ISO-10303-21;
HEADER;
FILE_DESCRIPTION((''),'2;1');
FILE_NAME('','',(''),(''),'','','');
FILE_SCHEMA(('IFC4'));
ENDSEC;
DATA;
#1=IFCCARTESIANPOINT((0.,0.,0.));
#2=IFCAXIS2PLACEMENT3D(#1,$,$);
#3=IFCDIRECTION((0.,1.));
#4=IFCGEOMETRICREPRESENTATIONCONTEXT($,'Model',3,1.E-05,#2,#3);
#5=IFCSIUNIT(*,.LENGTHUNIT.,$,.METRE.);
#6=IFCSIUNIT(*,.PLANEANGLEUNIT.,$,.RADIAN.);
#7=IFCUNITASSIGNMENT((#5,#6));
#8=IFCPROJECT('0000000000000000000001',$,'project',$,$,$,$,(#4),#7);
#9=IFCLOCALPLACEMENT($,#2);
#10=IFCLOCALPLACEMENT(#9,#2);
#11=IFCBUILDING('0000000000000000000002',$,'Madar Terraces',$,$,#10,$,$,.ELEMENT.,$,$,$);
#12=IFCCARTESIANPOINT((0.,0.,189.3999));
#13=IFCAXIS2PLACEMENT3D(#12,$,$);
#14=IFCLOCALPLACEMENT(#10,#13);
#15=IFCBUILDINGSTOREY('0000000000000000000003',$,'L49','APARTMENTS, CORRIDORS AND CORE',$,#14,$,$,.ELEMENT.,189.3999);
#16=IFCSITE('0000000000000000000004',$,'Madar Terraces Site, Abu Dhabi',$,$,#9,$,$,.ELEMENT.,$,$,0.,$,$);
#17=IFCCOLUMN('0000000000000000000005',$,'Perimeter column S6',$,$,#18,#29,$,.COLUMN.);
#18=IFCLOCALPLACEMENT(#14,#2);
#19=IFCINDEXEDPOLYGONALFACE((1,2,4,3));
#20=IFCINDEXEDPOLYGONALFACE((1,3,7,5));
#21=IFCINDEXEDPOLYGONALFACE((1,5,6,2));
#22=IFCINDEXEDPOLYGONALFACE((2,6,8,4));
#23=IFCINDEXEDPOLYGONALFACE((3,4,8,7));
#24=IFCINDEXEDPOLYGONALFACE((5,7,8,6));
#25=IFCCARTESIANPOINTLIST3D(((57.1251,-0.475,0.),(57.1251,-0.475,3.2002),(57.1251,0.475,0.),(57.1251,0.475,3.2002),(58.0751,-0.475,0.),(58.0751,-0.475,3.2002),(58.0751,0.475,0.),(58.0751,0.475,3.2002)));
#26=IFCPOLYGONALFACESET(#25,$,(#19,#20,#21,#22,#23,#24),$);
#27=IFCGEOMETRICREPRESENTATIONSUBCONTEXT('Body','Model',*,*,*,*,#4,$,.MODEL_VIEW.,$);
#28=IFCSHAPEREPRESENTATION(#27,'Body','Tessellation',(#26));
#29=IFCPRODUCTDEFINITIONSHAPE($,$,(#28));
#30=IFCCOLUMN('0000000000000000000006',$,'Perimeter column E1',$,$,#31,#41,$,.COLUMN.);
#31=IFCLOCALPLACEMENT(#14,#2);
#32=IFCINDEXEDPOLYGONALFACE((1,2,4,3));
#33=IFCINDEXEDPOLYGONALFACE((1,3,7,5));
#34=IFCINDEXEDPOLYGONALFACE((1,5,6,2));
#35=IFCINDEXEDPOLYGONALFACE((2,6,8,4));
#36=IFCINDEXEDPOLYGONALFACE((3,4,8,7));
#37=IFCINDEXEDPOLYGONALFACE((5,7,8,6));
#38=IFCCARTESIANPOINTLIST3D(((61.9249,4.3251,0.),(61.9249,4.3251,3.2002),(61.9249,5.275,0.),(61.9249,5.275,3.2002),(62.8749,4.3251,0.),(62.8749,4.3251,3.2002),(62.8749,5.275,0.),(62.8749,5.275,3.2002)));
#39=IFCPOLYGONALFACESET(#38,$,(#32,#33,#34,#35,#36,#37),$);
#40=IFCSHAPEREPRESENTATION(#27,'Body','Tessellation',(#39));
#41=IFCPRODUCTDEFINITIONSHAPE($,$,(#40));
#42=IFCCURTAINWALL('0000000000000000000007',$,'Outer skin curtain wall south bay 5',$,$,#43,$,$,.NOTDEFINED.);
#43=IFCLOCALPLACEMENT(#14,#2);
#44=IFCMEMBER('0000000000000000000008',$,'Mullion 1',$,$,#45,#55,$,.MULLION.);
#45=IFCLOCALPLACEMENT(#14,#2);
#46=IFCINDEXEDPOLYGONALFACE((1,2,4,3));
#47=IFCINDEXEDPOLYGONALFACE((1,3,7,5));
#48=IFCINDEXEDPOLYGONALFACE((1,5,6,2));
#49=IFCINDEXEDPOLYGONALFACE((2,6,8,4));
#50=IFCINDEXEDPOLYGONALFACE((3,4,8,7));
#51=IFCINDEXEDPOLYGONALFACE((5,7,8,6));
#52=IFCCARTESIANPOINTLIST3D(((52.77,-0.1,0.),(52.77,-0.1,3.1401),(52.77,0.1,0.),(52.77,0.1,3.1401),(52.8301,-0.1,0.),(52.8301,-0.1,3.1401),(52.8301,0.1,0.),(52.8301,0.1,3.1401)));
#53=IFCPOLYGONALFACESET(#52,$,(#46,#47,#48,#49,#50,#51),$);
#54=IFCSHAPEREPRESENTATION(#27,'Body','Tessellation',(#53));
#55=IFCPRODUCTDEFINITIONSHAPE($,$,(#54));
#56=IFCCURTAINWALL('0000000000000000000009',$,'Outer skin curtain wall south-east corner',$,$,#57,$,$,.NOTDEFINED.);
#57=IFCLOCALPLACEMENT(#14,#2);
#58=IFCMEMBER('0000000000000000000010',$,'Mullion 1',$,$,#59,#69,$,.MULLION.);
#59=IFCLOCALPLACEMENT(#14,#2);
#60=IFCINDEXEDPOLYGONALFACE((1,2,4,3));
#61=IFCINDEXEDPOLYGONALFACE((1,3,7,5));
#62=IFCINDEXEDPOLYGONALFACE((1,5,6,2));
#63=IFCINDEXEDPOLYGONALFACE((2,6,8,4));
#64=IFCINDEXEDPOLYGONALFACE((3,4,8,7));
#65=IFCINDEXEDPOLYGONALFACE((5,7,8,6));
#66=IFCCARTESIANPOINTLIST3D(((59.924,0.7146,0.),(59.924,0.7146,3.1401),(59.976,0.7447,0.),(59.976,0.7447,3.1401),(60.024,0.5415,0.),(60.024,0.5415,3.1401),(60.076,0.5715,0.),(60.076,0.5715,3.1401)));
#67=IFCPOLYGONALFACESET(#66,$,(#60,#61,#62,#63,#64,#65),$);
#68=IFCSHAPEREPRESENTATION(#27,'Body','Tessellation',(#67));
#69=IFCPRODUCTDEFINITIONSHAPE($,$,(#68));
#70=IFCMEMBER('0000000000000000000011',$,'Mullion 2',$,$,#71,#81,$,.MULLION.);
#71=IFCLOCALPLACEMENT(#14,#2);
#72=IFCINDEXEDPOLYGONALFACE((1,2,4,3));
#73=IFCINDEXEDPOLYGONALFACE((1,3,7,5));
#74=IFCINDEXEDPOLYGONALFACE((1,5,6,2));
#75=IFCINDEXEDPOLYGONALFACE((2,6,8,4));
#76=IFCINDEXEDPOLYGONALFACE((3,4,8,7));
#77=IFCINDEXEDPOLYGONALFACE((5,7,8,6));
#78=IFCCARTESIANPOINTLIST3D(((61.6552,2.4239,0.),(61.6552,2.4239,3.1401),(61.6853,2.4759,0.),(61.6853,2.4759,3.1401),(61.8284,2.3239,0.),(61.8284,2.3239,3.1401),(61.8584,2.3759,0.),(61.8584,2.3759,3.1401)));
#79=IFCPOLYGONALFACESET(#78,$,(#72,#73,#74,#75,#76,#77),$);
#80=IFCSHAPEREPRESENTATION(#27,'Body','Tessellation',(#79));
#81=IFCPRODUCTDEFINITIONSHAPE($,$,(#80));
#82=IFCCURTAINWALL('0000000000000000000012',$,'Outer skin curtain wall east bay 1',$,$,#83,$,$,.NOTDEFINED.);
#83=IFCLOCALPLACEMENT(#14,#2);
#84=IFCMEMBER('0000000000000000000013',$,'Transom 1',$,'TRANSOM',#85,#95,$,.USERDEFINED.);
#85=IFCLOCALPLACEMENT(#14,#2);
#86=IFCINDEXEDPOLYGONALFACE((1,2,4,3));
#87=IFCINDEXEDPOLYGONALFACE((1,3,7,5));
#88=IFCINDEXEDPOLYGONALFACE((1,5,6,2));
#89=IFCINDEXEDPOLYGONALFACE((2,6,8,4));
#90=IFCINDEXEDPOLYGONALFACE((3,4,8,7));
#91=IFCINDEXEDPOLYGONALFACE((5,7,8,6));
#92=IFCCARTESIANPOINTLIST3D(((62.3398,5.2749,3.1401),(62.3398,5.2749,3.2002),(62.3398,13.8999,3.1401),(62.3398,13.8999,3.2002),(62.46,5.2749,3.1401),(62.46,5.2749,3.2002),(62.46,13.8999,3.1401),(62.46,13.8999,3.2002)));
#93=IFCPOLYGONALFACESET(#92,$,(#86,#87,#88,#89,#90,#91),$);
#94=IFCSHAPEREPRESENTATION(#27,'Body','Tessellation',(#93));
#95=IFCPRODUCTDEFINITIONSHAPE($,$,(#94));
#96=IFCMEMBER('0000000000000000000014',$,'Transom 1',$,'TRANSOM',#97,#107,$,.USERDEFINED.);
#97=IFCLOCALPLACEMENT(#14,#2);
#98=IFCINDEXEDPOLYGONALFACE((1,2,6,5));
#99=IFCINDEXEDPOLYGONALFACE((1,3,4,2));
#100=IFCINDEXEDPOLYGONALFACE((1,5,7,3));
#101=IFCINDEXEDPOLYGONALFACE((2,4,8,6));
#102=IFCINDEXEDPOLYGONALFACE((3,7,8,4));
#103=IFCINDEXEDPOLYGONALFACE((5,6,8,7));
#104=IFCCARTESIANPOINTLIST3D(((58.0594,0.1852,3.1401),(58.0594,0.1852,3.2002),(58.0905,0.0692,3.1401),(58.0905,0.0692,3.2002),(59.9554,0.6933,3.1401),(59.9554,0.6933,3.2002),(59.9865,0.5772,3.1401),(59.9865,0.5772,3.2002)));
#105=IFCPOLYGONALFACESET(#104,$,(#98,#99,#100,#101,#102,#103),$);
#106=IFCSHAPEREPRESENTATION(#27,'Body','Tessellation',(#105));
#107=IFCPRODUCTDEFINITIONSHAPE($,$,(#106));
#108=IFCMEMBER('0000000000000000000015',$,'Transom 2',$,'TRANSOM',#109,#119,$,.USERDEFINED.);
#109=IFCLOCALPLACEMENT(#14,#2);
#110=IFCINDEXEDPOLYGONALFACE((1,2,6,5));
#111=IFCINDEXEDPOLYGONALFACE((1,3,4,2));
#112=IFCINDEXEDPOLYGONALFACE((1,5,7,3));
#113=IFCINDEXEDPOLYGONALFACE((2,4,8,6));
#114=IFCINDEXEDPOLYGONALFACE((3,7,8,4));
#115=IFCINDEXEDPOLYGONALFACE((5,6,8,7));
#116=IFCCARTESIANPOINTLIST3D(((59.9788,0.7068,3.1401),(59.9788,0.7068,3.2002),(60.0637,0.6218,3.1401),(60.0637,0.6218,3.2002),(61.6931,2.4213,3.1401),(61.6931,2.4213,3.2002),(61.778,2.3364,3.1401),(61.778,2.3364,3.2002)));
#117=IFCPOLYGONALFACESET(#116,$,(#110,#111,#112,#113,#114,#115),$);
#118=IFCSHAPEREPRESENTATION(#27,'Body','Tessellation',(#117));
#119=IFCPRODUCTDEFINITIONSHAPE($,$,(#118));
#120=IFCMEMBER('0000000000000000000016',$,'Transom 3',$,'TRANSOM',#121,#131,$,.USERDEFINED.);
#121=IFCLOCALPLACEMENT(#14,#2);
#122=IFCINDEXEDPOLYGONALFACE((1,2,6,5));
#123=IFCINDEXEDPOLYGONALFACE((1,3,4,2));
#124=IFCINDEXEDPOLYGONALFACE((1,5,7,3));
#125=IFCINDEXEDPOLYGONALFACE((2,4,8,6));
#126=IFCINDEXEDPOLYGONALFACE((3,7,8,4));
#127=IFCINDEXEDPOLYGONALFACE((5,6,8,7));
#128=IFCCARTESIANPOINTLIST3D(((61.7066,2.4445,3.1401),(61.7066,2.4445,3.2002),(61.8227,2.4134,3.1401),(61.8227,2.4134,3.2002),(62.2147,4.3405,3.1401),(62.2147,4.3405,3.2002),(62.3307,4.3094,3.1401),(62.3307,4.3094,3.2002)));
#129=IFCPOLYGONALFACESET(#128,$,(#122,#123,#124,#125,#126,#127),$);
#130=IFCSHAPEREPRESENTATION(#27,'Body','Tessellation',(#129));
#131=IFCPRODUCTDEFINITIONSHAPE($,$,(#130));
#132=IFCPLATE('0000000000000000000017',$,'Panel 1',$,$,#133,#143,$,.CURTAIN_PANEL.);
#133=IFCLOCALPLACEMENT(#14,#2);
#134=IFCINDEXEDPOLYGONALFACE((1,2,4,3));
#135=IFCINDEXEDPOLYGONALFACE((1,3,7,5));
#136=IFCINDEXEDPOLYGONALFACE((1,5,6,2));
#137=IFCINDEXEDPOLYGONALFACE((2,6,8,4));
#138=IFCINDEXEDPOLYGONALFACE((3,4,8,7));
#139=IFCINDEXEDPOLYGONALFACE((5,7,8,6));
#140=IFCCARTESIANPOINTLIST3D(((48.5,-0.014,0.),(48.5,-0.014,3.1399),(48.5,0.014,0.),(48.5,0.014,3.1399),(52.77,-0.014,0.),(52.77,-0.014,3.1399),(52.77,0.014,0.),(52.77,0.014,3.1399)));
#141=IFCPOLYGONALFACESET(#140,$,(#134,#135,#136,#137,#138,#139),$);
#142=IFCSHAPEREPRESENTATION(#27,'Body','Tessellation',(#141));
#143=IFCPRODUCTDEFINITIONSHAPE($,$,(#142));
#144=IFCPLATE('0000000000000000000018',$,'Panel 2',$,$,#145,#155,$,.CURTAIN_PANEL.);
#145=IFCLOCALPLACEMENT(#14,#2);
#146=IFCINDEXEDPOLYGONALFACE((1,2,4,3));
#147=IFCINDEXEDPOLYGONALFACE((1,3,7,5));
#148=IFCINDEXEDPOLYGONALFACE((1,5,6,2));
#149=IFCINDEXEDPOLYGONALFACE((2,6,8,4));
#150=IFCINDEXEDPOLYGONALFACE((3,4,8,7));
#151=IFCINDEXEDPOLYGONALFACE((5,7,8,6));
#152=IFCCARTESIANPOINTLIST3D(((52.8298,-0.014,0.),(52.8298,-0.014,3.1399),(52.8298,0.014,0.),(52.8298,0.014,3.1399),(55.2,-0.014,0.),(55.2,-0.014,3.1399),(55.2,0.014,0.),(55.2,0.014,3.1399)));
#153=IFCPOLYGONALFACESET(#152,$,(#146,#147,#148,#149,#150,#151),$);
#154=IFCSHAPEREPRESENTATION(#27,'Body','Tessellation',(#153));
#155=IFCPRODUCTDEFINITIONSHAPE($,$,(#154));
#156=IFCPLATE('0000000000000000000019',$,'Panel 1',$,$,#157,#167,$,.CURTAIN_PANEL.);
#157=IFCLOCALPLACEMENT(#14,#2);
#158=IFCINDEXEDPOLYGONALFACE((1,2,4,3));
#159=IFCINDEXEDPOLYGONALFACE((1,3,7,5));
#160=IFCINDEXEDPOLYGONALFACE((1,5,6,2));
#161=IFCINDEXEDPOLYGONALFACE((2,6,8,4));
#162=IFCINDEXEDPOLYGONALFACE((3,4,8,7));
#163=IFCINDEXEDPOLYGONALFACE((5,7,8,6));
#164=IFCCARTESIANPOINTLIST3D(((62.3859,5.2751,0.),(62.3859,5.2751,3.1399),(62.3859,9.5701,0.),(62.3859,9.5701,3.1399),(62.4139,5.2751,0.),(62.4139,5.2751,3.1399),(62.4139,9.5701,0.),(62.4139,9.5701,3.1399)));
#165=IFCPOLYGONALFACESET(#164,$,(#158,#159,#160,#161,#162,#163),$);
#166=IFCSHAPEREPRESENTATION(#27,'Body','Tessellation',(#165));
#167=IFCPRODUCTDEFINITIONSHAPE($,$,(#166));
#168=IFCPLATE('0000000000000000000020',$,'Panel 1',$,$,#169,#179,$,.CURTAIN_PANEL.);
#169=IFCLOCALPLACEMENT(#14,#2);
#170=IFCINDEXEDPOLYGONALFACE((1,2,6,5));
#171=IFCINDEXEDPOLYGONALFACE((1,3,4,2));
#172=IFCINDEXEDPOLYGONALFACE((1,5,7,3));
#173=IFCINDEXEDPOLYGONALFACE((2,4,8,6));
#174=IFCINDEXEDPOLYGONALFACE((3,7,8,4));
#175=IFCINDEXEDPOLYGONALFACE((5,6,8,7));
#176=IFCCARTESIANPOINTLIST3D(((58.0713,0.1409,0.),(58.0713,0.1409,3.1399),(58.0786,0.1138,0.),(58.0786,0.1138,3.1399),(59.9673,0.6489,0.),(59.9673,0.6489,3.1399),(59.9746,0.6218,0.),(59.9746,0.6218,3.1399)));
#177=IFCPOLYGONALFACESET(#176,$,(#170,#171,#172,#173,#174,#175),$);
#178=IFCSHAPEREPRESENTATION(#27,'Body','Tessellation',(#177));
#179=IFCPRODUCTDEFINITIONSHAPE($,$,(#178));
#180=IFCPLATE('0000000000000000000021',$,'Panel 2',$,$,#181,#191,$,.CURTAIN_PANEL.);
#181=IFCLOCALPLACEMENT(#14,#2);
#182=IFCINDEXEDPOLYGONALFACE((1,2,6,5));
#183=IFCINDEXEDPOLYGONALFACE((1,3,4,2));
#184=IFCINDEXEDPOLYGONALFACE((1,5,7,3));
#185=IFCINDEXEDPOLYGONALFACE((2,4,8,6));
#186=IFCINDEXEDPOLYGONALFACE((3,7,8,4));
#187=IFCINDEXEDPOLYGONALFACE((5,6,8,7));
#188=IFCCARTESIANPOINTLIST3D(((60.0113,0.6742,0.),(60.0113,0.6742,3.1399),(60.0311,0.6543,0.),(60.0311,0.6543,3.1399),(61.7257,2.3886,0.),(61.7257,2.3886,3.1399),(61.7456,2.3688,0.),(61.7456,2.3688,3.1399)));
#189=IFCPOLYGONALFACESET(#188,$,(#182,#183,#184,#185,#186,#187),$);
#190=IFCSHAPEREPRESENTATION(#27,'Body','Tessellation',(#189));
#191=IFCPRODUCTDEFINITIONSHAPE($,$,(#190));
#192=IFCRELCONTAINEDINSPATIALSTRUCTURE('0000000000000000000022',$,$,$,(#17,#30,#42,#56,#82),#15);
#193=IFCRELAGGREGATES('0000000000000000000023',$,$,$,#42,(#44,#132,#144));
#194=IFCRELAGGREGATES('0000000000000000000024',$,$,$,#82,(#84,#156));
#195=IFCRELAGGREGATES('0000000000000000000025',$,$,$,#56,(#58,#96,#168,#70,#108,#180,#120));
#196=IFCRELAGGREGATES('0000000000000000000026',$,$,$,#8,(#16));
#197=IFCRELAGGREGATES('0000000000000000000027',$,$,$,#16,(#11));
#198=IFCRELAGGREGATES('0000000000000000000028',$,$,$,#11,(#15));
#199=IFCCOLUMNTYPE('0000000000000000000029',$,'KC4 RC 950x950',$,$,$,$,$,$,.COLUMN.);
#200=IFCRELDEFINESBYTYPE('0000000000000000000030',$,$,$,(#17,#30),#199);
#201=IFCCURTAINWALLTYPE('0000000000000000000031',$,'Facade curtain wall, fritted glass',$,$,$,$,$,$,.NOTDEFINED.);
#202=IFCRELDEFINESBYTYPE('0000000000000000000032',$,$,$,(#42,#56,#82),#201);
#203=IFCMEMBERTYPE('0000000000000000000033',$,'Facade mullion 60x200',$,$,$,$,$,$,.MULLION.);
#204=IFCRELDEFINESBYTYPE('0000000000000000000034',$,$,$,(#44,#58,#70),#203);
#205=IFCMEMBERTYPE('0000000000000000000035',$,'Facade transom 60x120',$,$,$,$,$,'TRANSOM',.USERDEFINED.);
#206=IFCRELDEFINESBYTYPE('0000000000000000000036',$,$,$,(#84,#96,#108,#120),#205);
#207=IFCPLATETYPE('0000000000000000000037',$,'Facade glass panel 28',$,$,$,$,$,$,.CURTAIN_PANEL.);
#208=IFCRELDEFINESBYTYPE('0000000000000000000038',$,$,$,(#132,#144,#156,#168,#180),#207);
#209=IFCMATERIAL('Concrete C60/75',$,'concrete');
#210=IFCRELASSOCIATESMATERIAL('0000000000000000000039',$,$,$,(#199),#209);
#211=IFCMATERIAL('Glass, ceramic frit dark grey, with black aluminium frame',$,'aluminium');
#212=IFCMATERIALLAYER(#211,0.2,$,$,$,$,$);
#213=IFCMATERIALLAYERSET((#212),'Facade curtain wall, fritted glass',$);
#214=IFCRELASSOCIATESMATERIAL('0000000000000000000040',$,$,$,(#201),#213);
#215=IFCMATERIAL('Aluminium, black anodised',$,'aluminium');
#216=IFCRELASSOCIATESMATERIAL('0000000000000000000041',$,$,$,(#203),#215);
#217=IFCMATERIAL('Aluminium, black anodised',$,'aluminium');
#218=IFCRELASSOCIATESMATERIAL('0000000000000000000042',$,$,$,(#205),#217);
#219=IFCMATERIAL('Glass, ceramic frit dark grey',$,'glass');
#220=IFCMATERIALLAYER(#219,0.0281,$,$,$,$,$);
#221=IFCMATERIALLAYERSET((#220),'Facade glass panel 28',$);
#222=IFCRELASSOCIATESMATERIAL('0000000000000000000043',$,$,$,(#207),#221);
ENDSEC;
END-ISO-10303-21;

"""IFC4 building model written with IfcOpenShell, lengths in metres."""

from ifc_helpers import new_model, si_unit, direction, frame, origin, origin_2d, place, context, subcontext, project, spatial, rectangle, extrude, material, layer, layer_set, material_profile, profile_set, type_object, element, aggregate, save


model = new_model("IFC4")

# Units and contexts
model_context = context("Model", 3, precision=1e-05, world=origin(), true_north=direction((0.0, 1.0)))
body_context = subcontext(model_context, "Body", "Model", "MODEL_VIEW")
ifc_project = project(units=[si_unit("LENGTHUNIT", "METRE"), si_unit("PLANEANGLEUNIT", "RADIAN")], contexts=[model_context])

# Site, building, storey
site_placement = place(None, origin())
site = spatial("IfcSite", under=ifc_project, at=site_placement, Name="Madar Terraces Site, Abu Dhabi", CompositionType="ELEMENT", RefElevation=0.0)
building_placement = place(site_placement, origin())
building = spatial("IfcBuilding", under=site, at=building_placement, Name="Madar Terraces", CompositionType="ELEMENT")
storey_placement = place(building_placement, frame((0.0, 0.0, 189.3999)))
storey = spatial("IfcBuildingStorey", under=building, at=storey_placement, Name="L49", Description="APARTMENTS, CORRIDORS AND CORE", CompositionType="ELEMENT", Elevation=189.3999)

# Columns
ifc_material_1 = material(Name="Concrete C60/75", Category="concrete")
ifc_material_profile_1 = material_profile(ifc_material_1, rectangle(XDim=0.95, YDim=0.95, at=origin_2d()), Name="KC4 RC 950x950")
ifc_profile_set_1 = profile_set([ifc_material_profile_1], Name="Concrete C60/75")
column_type = type_object("IfcColumnType", Name="KC4 RC 950x950", PredefinedType="COLUMN", material=ifc_profile_set_1)
for number, where, z_axis, x_axis, name in (
    (1, (57.6001, 0.0, 0.0), (0.0, 0.0, 1.0), (1.0, 0.0, 0.0), "Perimeter column S6"),
    (2, (62.3999, 4.8, 0.0), (0.0, 0.0, 1.0), (1.0, 0.0, 0.0), "Perimeter column E1"),
):
    element("IfcColumn", number, at=place(storey_placement, frame(where, z_axis=z_axis, x_axis=x_axis)), inside=storey, type_object=column_type, Name=name, PredefinedType="COLUMN", context=body_context, shape_type="SweptSolid", body=[
        extrude(rectangle(XDim=0.95, YDim=0.95, at=origin_2d()), origin(), (0.0, 0.0, 1.0), 3.2002),
    ])

# Curtain wall, member
ifc_material_2 = material(Name="Glass, ceramic frit dark grey, with black aluminium frame", Category="aluminium")
ifc_layer_1 = layer(ifc_material_2, 0.2)
ifc_layer_set_1 = layer_set([ifc_layer_1], Name="Facade curtain wall, fritted glass")
curtain_wall_type = type_object("IfcCurtainWallType", Name="Facade curtain wall, fritted glass", PredefinedType="NOTDEFINED", material=ifc_layer_set_1)
curtain_wall_1_placement = place(storey_placement, origin())
curtain_wall_1 = element("IfcCurtainWall", 3, at=curtain_wall_1_placement, inside=storey, type_object=curtain_wall_type, Name="Outer skin curtain wall south bay 5", PredefinedType="NOTDEFINED")
ifc_material_3 = material(Name="Aluminium, black anodised", Category="aluminium")
ifc_material_profile_2 = material_profile(ifc_material_3, rectangle(XDim=0.2, YDim=0.0601, at=origin_2d()), Name="Facade mullion 60x200")
ifc_profile_set_2 = profile_set([ifc_material_profile_2], Name="Aluminium, black anodised")
member_type_1 = type_object("IfcMemberType", Name="Facade mullion 60x200", PredefinedType="MULLION", material=ifc_profile_set_2)
member_1_placement = place(storey_placement, frame((52.8, 0.0, 0.0), z_axis=(0.0, 0.0, 1.0), x_axis=(0.0, 1.0, 0.0)))
member_1 = element("IfcMember", 4, at=member_1_placement, type_object=member_type_1, Name="Mullion 1", PredefinedType="MULLION", context=body_context, shape_type="SweptSolid", body=[
    extrude(rectangle(XDim=0.2, YDim=0.0601, at=origin_2d()), origin(), (0.0, 0.0, 1.0), 3.1401),
])

# Curtain wall, members
curtain_wall_2_placement = place(storey_placement, origin())
curtain_wall_2 = element("IfcCurtainWall", 5, at=curtain_wall_2_placement, inside=storey, type_object=curtain_wall_type, Name="Outer skin curtain wall south-east corner", PredefinedType="NOTDEFINED")
member_2_placement = place(storey_placement, frame((60.0, 0.6431, 0.0), z_axis=(0.0, 0.0, 1.0), x_axis=(-0.5, 0.866025, 0.0)))
member_2 = element("IfcMember", 6, at=member_2_placement, type_object=member_type_1, Name="Mullion 1", PredefinedType="MULLION", context=body_context, shape_type="SweptSolid", body=[
    extrude(rectangle(XDim=0.2, YDim=0.0601, at=origin_2d()), origin(), (0.0, 0.0, 1.0), 3.1401),
])
member_3_placement = place(storey_placement, frame((61.7568, 2.3999, 0.0), z_axis=(0.0, 0.0, 1.0), x_axis=(-0.866025, 0.5, 0.0)))
member_3 = element("IfcMember", 7, at=member_3_placement, type_object=member_type_1, Name="Mullion 2", PredefinedType="MULLION", context=body_context, shape_type="SweptSolid", body=[
    extrude(rectangle(XDim=0.2, YDim=0.0601, at=origin_2d()), origin(), (0.0, 0.0, 1.0), 3.1401),
])

# Curtain wall, member
curtain_wall_3_placement = place(storey_placement, origin())
curtain_wall_3 = element("IfcCurtainWall", 8, at=curtain_wall_3_placement, inside=storey, type_object=curtain_wall_type, Name="Outer skin curtain wall east bay 1", PredefinedType="NOTDEFINED")
ifc_material_4 = material(Name="Aluminium, black anodised", Category="aluminium")
ifc_material_profile_3 = material_profile(ifc_material_4, rectangle(XDim=0.1201, YDim=0.0601, at=origin_2d()), Name="Facade transom 60x120")
ifc_profile_set_3 = profile_set([ifc_material_profile_3], Name="Aluminium, black anodised")
member_type_2 = type_object("IfcMemberType", Name="Facade transom 60x120", ElementType="TRANSOM", PredefinedType="USERDEFINED", material=ifc_profile_set_3)
member_4_placement = place(storey_placement, frame((62.3999, 5.2749, 3.1702), z_axis=(0.0, 1.0, 0.0), x_axis=(-1.0, 0.0, 0.0)))
member_4 = element("IfcMember", 9, at=member_4_placement, type_object=member_type_2, Name="Transom 1", ObjectType="TRANSOM", PredefinedType="USERDEFINED", context=body_context, shape_type="SweptSolid", body=[
    extrude(rectangle(XDim=0.1201, YDim=0.0601, at=origin_2d()), origin(), (0.0, 0.0, 1.0), 8.625),
])

# Members
member_5_placement = place(storey_placement, frame((58.075, 0.1272, 3.1702), z_axis=(0.965923, 0.258831, 0.0), x_axis=(-0.258831, 0.965923, 0.0)))
member_5 = element("IfcMember", 10, at=member_5_placement, type_object=member_type_2, Name="Transom 1", ObjectType="TRANSOM", PredefinedType="USERDEFINED", context=body_context, shape_type="SweptSolid", body=[
    extrude(rectangle(XDim=0.1201, YDim=0.0601, at=origin_2d()), origin(), (0.0, 0.0, 1.0), 1.9629),
])
member_6_placement = place(storey_placement, frame((60.0212, 0.6643, 3.1702), z_axis=(0.707056, 0.707157, 0.0), x_axis=(-0.707157, 0.707056, 0.0)))
member_6 = element("IfcMember", 11, at=member_6_placement, type_object=member_type_2, Name="Transom 2", ObjectType="TRANSOM", PredefinedType="USERDEFINED", context=body_context, shape_type="SweptSolid", body=[
    extrude(rectangle(XDim=0.1201, YDim=0.0601, at=origin_2d()), origin(), (0.0, 0.0, 1.0), 2.4246),
])
member_7_placement = place(storey_placement, frame((61.7646, 2.429, 3.1702), z_axis=(0.258831, 0.965923, 0.0), x_axis=(-0.965923, 0.258831, 0.0)))
member_7 = element("IfcMember", 12, at=member_7_placement, type_object=member_type_2, Name="Transom 3", ObjectType="TRANSOM", PredefinedType="USERDEFINED", context=body_context, shape_type="SweptSolid", body=[
    extrude(rectangle(XDim=0.1201, YDim=0.0601, at=origin_2d()), origin(), (0.0, 0.0, 1.0), 1.9629),
])

# Plates
ifc_material_5 = material(Name="Glass, ceramic frit dark grey", Category="glass")
ifc_layer_2 = layer(ifc_material_5, 0.0281)
ifc_layer_set_2 = layer_set([ifc_layer_2], Name="Facade glass panel 28")
plate_type = type_object("IfcPlateType", Name="Facade glass panel 28", PredefinedType="CURTAIN_PANEL", material=ifc_layer_set_2)
plate_1_placement = place(storey_placement, frame((50.635, 0.0, 0.0), z_axis=(0.0, 0.0, 1.0), x_axis=(1.0, 0.0, 0.0)))
plate_1 = element("IfcPlate", 13, at=plate_1_placement, type_object=plate_type, Name="Panel 1", PredefinedType="CURTAIN_PANEL", context=body_context, shape_type="SweptSolid", body=[
    extrude(rectangle(XDim=4.27, YDim=0.0281, at=origin_2d()), origin(), (0.0, 0.0, 1.0), 3.1399),
])
plate_2_placement = place(storey_placement, frame((54.0149, 0.0, 0.0), z_axis=(0.0, 0.0, 1.0), x_axis=(1.0, 0.0, 0.0)))
plate_2 = element("IfcPlate", 14, at=plate_2_placement, type_object=plate_type, Name="Panel 2", PredefinedType="CURTAIN_PANEL", context=body_context, shape_type="SweptSolid", body=[
    extrude(rectangle(XDim=2.3701, YDim=0.0281, at=origin_2d()), origin(), (0.0, 0.0, 1.0), 3.1399),
])
aggregate(curtain_wall_1, [member_1, plate_1, plate_2])
plate_3_placement = place(storey_placement, frame((62.3999, 7.4226, 0.0), z_axis=(0.0, 0.0, 1.0), x_axis=(0.0, 1.0, 0.0)))
plate_3 = element("IfcPlate", 15, at=plate_3_placement, type_object=plate_type, Name="Panel 1", PredefinedType="CURTAIN_PANEL", context=body_context, shape_type="SweptSolid", body=[
    extrude(rectangle(XDim=4.2949, YDim=0.0281, at=origin_2d()), origin(), (0.0, 0.0, 1.0), 3.1399),
])
aggregate(curtain_wall_3, [member_4, plate_3])
plate_4_placement = place(storey_placement, frame((59.0229, 0.3813, 0.0), z_axis=(0.0, 0.0, 1.0), x_axis=(0.965926, 0.258819, 0.0)))
plate_4 = element("IfcPlate", 16, at=plate_4_placement, type_object=plate_type, Name="Panel 1", PredefinedType="CURTAIN_PANEL", context=body_context, shape_type="SweptSolid", body=[
    extrude(rectangle(XDim=1.9629, YDim=0.0281, at=origin_2d()), origin(), (0.0, 0.0, 1.0), 3.1399),
])
plate_5_placement = place(storey_placement, frame((60.8784, 1.5215, 0.0), z_axis=(0.0, 0.0, 1.0), x_axis=(0.707107, 0.707107, 0.0)))
plate_5 = element("IfcPlate", 17, at=plate_5_placement, type_object=plate_type, Name="Panel 2", PredefinedType="CURTAIN_PANEL", context=body_context, shape_type="SweptSolid", body=[
    extrude(rectangle(XDim=2.4246, YDim=0.0281, at=origin_2d()), origin(), (0.0, 0.0, 1.0), 3.1399),
])
aggregate(curtain_wall_2, [member_2, member_5, plate_4, member_3, member_6, plate_5, member_7])

save(model, "model.ifc")
